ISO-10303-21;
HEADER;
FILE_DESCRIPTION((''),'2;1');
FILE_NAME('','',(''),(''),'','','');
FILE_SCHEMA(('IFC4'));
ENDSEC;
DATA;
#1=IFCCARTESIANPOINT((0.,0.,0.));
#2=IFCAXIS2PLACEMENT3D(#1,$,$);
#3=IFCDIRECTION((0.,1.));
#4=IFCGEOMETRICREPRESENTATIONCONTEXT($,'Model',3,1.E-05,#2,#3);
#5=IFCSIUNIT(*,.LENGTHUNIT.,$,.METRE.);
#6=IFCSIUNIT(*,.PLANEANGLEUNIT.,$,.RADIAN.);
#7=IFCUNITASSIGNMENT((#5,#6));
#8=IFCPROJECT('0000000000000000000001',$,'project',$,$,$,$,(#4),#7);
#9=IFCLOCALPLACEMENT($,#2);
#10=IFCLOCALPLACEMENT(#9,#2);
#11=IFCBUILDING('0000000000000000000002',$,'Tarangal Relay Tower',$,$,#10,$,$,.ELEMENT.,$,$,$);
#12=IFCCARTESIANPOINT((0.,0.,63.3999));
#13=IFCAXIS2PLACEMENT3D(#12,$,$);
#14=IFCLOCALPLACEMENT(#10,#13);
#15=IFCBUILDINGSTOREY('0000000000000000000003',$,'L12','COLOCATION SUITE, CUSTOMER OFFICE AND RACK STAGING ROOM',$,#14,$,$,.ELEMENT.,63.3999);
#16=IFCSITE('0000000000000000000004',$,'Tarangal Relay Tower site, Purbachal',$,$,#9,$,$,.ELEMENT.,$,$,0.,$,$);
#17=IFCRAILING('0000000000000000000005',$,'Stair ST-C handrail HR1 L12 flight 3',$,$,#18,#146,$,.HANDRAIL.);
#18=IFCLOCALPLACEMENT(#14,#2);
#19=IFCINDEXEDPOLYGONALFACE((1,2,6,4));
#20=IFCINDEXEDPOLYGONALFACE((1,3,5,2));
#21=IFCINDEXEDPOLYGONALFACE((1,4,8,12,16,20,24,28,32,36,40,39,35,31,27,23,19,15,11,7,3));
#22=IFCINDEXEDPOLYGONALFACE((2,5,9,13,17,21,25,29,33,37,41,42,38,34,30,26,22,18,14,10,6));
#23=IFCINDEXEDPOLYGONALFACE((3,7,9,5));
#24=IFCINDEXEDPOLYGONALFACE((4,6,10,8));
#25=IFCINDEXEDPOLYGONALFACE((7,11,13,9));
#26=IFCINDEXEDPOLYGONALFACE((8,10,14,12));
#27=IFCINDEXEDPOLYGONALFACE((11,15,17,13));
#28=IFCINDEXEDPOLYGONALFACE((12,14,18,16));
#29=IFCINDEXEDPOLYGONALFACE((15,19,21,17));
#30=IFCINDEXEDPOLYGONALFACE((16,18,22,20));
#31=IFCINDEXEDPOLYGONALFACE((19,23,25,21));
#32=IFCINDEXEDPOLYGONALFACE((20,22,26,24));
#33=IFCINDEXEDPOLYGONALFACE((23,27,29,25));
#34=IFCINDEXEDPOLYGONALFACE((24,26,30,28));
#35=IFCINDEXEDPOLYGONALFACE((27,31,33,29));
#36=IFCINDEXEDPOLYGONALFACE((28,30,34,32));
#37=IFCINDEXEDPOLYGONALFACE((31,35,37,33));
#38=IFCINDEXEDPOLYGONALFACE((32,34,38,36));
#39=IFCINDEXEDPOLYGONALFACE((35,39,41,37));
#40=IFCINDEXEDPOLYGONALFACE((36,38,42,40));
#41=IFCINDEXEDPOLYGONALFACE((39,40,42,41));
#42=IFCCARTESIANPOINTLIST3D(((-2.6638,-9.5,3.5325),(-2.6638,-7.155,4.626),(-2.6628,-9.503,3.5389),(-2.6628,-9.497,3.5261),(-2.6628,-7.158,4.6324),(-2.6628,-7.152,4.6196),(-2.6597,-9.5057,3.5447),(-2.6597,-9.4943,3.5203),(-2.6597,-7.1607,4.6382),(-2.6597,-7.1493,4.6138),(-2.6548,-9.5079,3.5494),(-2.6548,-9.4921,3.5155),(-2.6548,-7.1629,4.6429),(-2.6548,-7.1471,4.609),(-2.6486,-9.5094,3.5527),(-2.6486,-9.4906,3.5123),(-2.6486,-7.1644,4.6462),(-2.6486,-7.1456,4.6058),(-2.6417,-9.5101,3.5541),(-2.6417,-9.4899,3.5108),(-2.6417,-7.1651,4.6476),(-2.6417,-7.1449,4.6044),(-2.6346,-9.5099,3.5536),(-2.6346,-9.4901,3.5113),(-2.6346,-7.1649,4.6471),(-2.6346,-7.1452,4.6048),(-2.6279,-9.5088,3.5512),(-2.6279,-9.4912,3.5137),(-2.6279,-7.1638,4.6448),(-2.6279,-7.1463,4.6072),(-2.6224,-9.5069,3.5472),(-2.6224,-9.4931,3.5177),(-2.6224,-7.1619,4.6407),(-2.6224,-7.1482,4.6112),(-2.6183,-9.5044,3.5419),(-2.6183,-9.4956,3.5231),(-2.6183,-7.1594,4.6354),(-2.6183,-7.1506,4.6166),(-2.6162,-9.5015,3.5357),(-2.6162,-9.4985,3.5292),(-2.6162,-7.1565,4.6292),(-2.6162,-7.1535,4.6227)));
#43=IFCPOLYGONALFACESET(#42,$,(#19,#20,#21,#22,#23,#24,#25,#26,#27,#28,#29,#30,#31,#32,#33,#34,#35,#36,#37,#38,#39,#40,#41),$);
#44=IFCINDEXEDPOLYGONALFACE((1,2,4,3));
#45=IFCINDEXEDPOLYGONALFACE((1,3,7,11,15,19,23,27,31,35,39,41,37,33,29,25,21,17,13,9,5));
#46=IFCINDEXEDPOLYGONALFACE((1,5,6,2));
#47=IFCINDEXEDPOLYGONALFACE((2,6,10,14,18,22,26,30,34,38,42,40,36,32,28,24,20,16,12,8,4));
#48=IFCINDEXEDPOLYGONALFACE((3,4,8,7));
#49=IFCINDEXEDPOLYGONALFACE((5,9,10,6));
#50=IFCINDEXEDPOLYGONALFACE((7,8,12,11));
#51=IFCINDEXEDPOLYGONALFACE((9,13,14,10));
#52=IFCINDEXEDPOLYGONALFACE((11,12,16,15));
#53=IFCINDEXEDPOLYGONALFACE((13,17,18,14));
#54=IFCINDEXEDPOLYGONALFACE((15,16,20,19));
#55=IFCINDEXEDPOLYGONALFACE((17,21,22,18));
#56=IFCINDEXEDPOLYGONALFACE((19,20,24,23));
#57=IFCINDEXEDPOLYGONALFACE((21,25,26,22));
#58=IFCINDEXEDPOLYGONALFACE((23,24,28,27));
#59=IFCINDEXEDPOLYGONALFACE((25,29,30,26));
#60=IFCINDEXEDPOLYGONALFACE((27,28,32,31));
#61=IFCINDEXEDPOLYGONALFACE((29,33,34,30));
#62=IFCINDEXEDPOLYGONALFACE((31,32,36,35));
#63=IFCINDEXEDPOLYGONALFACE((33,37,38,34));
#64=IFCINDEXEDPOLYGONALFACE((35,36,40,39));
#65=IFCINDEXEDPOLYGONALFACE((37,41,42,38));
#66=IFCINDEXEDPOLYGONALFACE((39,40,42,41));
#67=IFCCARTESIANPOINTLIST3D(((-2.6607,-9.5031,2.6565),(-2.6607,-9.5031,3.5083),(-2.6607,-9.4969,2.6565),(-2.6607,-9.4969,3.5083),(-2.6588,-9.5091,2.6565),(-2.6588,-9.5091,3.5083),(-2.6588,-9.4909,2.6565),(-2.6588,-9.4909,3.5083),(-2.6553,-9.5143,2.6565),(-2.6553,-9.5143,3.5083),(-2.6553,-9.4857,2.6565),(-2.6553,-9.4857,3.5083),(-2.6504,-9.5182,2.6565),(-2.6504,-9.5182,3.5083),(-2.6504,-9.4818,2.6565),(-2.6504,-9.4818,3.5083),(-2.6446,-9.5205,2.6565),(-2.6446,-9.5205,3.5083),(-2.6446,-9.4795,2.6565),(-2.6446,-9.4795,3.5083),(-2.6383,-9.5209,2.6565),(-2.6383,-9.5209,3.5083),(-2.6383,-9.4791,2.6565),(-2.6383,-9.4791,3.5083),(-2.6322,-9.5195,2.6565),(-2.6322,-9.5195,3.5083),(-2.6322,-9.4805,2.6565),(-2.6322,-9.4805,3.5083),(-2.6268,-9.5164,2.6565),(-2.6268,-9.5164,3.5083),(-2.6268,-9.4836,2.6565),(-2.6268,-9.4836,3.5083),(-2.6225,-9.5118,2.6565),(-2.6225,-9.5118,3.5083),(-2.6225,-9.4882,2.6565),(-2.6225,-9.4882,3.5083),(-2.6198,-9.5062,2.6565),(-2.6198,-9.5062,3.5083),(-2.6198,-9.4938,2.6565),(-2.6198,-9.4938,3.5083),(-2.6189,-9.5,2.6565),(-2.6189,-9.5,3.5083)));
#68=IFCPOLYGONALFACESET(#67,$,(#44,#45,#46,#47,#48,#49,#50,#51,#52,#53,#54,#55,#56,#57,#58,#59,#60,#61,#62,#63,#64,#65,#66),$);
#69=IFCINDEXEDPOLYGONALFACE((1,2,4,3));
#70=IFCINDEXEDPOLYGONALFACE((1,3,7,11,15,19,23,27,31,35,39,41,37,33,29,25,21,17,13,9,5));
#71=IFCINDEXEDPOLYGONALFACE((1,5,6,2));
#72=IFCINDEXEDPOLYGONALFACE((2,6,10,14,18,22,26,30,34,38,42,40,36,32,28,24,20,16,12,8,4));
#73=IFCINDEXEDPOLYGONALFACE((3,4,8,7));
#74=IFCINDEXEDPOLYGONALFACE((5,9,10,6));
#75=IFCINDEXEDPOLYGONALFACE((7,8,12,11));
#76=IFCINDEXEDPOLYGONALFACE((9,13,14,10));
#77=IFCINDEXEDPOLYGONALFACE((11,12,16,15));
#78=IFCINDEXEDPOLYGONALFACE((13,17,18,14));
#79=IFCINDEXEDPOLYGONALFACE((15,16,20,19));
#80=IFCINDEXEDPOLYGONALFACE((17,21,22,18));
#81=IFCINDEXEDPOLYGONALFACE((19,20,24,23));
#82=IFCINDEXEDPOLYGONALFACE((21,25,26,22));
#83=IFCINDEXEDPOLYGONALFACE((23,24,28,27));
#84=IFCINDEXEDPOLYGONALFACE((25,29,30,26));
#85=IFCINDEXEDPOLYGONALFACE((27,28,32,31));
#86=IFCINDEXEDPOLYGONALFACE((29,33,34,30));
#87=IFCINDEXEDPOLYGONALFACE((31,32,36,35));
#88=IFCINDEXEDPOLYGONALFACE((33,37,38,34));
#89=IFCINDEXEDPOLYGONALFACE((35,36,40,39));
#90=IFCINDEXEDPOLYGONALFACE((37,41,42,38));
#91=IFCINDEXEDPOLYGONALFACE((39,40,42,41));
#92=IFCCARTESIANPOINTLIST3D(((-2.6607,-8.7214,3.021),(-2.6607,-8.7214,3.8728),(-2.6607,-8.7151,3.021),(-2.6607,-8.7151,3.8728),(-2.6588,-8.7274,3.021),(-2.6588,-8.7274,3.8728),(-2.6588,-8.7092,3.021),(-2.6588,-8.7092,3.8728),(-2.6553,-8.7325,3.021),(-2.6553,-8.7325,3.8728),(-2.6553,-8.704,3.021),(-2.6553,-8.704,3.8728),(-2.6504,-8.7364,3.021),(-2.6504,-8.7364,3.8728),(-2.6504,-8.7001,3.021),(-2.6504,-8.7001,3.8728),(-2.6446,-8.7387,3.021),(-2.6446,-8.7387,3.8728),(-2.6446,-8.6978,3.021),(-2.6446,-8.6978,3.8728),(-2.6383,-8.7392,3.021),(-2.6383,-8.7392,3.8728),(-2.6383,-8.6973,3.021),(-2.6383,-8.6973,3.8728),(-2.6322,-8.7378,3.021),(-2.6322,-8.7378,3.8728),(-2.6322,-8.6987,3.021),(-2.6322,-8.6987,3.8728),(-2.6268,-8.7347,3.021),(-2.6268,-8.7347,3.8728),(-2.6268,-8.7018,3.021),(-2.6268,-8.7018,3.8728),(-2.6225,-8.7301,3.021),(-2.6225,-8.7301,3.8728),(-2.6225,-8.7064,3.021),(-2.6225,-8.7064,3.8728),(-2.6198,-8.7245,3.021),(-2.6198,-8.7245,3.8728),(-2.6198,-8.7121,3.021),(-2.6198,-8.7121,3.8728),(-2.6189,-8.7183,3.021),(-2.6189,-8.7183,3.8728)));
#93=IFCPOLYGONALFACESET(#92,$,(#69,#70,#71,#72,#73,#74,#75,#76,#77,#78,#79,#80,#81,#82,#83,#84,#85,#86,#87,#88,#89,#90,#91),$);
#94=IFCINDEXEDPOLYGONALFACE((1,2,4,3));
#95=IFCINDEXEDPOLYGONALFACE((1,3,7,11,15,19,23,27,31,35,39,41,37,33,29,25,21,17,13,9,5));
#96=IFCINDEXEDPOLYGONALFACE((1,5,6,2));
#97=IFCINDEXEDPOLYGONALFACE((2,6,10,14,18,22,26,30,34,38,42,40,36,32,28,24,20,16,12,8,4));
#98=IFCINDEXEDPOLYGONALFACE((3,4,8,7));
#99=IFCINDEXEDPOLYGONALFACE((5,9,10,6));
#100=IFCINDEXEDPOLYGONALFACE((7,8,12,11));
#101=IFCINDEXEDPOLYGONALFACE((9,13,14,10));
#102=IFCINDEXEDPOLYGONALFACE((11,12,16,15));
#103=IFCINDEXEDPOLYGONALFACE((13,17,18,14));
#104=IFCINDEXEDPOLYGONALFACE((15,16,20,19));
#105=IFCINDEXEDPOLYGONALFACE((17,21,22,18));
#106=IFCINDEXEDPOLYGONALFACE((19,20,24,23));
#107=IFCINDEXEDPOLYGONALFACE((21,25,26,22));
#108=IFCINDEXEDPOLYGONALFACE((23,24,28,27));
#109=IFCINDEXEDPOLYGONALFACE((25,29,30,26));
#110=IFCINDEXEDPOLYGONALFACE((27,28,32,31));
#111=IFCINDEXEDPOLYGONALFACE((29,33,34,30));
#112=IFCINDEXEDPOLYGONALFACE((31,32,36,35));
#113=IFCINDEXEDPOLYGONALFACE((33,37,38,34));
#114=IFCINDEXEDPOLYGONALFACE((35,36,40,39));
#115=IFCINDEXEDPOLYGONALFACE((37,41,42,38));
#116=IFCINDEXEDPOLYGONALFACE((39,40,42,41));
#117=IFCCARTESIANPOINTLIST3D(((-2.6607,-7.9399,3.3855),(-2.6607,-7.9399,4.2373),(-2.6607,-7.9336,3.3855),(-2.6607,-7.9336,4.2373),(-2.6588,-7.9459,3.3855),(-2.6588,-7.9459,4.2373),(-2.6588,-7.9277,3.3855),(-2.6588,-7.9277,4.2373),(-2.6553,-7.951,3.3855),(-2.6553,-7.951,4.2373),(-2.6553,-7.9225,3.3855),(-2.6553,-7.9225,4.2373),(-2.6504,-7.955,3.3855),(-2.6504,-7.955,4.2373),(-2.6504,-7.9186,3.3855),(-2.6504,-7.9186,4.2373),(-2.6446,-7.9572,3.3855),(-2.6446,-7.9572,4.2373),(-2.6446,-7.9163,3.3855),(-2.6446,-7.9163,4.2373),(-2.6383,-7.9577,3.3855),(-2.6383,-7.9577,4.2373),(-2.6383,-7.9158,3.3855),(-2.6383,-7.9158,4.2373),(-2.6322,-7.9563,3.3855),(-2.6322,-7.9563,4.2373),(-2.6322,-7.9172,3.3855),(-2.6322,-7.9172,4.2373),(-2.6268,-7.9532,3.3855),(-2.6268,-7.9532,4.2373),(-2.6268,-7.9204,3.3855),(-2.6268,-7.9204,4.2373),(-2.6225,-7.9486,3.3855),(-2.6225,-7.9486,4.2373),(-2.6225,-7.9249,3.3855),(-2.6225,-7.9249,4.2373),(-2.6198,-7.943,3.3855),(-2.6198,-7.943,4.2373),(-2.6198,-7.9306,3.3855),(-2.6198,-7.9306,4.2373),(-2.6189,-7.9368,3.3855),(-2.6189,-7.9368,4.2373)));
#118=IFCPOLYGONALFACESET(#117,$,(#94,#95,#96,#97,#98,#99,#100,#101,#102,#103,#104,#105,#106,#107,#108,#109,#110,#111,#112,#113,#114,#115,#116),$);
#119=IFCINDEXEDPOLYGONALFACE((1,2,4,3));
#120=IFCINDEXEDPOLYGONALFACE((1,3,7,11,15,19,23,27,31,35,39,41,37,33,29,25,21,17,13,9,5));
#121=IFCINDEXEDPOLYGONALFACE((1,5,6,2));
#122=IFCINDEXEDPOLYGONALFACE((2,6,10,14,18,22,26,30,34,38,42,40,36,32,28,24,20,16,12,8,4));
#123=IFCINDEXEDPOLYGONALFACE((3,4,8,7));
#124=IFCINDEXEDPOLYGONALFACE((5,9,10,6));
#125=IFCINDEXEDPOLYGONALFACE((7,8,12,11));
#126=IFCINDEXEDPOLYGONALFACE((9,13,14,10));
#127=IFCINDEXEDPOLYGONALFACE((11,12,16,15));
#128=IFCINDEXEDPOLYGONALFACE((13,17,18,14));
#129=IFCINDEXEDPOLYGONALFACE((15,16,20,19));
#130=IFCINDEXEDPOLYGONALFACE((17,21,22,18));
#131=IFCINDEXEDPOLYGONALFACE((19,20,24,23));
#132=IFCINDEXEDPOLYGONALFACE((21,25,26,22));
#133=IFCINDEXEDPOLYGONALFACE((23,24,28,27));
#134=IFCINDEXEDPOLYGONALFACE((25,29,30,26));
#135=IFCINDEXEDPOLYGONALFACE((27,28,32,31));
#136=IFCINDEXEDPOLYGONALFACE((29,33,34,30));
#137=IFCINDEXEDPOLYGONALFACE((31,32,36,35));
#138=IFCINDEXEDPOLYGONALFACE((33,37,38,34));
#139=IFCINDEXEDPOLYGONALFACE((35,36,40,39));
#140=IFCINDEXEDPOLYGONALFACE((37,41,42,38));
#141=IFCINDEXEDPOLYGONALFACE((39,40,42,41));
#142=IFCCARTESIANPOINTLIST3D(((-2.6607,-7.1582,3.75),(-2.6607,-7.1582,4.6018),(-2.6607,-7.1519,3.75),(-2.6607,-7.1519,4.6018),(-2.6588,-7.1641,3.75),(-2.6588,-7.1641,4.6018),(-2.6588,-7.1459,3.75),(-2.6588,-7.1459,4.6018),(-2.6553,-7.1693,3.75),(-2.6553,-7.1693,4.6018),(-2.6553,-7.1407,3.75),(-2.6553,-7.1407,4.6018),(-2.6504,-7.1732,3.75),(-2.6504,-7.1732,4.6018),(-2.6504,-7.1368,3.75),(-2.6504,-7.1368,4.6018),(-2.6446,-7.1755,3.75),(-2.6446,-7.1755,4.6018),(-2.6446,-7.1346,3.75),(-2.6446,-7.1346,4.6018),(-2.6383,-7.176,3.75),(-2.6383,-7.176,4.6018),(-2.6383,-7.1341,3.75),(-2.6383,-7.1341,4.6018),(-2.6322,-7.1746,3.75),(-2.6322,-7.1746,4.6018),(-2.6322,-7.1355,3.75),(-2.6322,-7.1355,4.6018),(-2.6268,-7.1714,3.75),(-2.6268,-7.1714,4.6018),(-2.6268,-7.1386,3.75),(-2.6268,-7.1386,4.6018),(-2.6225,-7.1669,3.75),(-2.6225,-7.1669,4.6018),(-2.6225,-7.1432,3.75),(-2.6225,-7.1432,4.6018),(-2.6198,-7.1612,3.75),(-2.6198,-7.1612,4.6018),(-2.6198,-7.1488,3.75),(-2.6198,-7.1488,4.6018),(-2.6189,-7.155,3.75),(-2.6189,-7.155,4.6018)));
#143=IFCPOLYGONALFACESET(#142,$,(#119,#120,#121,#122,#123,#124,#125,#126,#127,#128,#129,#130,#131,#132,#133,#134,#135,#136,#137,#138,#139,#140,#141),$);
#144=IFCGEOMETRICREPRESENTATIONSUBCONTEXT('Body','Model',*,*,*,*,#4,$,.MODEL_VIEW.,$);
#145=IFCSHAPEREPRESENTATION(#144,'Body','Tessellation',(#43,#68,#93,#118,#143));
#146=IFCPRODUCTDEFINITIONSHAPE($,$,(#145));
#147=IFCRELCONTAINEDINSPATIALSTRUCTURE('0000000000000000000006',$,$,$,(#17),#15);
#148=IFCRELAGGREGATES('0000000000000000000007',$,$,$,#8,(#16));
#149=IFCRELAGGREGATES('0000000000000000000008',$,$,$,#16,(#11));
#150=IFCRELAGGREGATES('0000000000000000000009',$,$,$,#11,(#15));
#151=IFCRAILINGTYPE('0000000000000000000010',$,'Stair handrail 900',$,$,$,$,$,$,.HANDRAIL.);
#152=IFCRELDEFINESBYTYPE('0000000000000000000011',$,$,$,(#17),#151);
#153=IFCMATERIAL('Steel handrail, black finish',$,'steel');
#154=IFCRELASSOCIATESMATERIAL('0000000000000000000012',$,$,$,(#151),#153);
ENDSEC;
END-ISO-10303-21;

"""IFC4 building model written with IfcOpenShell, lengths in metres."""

from ifc_helpers import new_model, si_unit, direction, frame, origin, origin_2d, place, context, subcontext, project, spatial, circle, extrude, material, type_object, element, save


model = new_model("IFC4")

# Units and contexts
model_context = context("Model", 3, precision=1e-05, world=origin(), true_north=direction((0.0, 1.0)))
body_context = subcontext(model_context, "Body", "Model", "MODEL_VIEW")
ifc_project = project(units=[si_unit("LENGTHUNIT", "METRE"), si_unit("PLANEANGLEUNIT", "RADIAN")], contexts=[model_context])

# Site, building, storey
site_placement = place(None, origin())
site = spatial("IfcSite", under=ifc_project, at=site_placement, Name="Tarangal Relay Tower site, Purbachal", CompositionType="ELEMENT", RefElevation=0.0)
building_placement = place(site_placement, origin())
building = spatial("IfcBuilding", under=site, at=building_placement, Name="Tarangal Relay Tower", CompositionType="ELEMENT")
storey_placement = place(building_placement, frame((0.0, 0.0, 63.3999)))
storey = spatial("IfcBuildingStorey", under=building, at=storey_placement, Name="L12", Description="COLOCATION SUITE, CUSTOMER OFFICE AND RACK STAGING ROOM", CompositionType="ELEMENT", Elevation=63.3999)

# Railing
ifc_material_1 = material(Name="Steel handrail, black finish", Category="steel")
railing_type_1 = type_object("IfcRailingType", Name="Stair handrail 900", PredefinedType="HANDRAIL", material=ifc_material_1)
railing_1_placement = place(storey_placement, frame((-2.6399, -9.5, 2.6565)))
element("IfcRailing", 1, at=railing_1_placement, inside=storey, type_object=railing_type_1, Name="Stair ST-C handrail HR1 L12 flight 3", PredefinedType="HANDRAIL", context=body_context, shape_type="SweptSolid", body=[
    extrude(circle(Radius=0.0239, at=origin_2d()), frame((0.0, 0.0, 0.876), z_axis=(0.0, 0.906304, 0.422627), x_axis=(-1.0, 0.0, 0.0)), (0.0, 0.0, 1.0), 2.5874),
    extrude(circle(Radius=0.021, at=origin_2d()), origin(), (0.0, 0.0, 1.0), 0.8518),
    extrude(circle(Radius=0.021, at=origin_2d()), frame((0.0, 0.7817, 0.3645)), (0.0, 0.0, 1.0), 0.8518),
    extrude(circle(Radius=0.021, at=origin_2d()), frame((0.0, 1.5632, 0.729)), (0.0, 0.0, 1.0), 0.8518),
    extrude(circle(Radius=0.021, at=origin_2d()), frame((0.0, 2.345, 1.0935)), (0.0, 0.0, 1.0), 0.8518),
])

save(model, "model.ifc")
